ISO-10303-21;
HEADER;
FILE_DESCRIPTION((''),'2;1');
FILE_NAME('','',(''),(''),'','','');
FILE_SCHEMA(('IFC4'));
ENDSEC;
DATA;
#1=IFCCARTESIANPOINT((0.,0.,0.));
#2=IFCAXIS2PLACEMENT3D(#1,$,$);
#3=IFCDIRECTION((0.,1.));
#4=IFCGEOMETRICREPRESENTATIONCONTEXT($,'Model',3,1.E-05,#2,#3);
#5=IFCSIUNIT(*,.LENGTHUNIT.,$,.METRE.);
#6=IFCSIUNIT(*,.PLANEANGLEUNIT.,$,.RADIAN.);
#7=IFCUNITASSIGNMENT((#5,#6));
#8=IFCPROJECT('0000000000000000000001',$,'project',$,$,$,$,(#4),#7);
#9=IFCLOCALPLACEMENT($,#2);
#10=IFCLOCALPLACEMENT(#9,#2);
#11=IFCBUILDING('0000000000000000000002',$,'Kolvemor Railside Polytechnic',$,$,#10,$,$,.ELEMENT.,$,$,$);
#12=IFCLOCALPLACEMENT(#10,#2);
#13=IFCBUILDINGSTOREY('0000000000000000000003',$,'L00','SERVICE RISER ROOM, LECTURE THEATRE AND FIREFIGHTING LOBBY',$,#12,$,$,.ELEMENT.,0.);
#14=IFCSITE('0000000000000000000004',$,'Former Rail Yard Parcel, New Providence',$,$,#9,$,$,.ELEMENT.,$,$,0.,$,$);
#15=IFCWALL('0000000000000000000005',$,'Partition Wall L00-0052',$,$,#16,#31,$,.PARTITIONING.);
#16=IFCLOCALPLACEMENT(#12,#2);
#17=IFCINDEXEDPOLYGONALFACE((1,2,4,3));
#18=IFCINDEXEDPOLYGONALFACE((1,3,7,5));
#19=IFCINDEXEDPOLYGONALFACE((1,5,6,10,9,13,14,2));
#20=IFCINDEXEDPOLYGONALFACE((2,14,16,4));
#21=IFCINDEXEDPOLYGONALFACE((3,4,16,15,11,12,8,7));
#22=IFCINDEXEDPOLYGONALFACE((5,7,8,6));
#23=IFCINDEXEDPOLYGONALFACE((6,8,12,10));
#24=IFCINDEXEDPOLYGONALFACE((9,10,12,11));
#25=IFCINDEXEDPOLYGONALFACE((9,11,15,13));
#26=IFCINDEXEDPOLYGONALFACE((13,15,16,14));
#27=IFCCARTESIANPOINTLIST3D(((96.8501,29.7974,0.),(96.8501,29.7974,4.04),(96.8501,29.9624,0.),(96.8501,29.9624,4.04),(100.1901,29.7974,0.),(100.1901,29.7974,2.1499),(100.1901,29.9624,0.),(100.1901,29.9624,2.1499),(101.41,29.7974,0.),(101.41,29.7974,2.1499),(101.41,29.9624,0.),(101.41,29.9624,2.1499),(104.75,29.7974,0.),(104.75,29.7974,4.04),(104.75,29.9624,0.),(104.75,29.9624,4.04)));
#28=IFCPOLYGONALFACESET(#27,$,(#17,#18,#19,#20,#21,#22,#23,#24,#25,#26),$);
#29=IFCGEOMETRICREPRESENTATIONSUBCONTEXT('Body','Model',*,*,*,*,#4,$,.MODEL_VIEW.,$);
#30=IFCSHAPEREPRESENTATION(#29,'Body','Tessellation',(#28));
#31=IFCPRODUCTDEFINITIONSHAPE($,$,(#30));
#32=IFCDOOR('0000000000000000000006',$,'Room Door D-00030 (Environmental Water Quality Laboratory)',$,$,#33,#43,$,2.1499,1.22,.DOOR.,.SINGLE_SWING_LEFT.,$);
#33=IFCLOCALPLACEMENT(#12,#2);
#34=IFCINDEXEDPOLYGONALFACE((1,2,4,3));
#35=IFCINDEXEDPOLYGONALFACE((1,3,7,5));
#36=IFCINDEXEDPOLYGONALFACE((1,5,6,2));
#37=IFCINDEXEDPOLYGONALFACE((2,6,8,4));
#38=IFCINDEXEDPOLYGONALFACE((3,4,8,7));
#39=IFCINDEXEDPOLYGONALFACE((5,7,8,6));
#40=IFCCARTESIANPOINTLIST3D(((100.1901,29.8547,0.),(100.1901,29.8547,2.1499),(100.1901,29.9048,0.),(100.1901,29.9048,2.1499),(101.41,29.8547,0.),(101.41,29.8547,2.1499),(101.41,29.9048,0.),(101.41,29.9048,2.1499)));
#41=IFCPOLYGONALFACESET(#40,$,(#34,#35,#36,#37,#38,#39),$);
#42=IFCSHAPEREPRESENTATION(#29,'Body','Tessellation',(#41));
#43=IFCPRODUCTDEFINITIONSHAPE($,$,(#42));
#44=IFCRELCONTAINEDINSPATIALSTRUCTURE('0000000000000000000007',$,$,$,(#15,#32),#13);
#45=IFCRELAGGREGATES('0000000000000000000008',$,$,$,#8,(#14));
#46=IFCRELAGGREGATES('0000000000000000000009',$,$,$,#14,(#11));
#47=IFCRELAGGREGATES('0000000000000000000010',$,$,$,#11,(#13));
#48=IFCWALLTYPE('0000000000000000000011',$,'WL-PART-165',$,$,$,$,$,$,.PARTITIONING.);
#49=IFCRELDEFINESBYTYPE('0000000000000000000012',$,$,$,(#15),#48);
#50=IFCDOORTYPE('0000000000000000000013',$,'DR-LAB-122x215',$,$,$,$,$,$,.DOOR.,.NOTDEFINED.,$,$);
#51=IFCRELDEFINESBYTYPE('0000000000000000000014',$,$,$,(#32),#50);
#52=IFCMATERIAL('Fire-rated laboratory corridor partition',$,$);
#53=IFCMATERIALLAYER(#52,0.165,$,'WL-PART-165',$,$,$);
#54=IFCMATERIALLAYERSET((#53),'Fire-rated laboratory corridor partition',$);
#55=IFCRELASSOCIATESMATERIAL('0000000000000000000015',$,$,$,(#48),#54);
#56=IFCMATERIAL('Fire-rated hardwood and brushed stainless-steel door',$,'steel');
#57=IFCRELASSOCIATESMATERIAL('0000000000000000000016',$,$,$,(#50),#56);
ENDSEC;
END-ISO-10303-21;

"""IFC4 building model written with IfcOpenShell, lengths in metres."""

from ifc_helpers import new_model, si_unit, direction, frame, frame_2d, origin, place, context, subcontext, project, spatial, rectangle, extrude, material, layer, layer_set, type_object, element, fill, save


model = new_model("IFC4")

# Units and contexts
model_context = context("Model", 3, precision=1e-05, world=origin(), true_north=direction((0.0, 1.0)))
body_context = subcontext(model_context, "Body", "Model", "MODEL_VIEW")
ifc_project = project(units=[si_unit("LENGTHUNIT", "METRE"), si_unit("PLANEANGLEUNIT", "RADIAN")], contexts=[model_context])

# Site, building, storey
site_placement = place(None, origin())
site = spatial("IfcSite", under=ifc_project, at=site_placement, Name="Former Rail Yard Parcel, New Providence", CompositionType="ELEMENT", RefElevation=0.0)
building_placement = place(site_placement, origin())
building = spatial("IfcBuilding", under=site, at=building_placement, Name="Kolvemor Railside Polytechnic", CompositionType="ELEMENT")
storey_placement = place(building_placement, origin())
storey = spatial("IfcBuildingStorey", under=building, at=storey_placement, Name="L00", Description="SERVICE RISER ROOM, LECTURE THEATRE AND FIREFIGHTING LOBBY", CompositionType="ELEMENT", Elevation=0.0)

# Wall, opening, door
ifc_material_1 = material(Name="Fire-rated laboratory corridor partition")
ifc_layer_1 = layer(ifc_material_1, 0.165, Name="WL-PART-165")
ifc_layer_set_1 = layer_set([ifc_layer_1], Name="Fire-rated laboratory corridor partition")
wall_type = type_object("IfcWallType", Name="WL-PART-165", PredefinedType="PARTITIONING", material=ifc_layer_set_1)
wall_placement = place(storey_placement, frame((96.8501, 29.8799, 0.0), z_axis=(0.0, 0.0, 1.0), x_axis=(1.0, 0.0, 0.0)))
wall = element("IfcWall", 1, at=wall_placement, inside=storey, type_object=wall_type, Name="Partition Wall L00-0052", PredefinedType="PARTITIONING", context=body_context, shape_type="SweptSolid", body=[
    extrude(rectangle(XDim=7.8999, YDim=0.165, at=frame_2d((3.95, 0.0))), origin(), (0.0, 0.0, 1.0), 4.04),
])
opening_placement = place(wall_placement, frame((3.3401, 0.0, 0.0)))
opening = element("IfcOpeningElement", 2, at=opening_placement, cuts=wall, PredefinedType="OPENING", context=body_context, shape_type="SweptSolid", body=[
    extrude(rectangle(XDim=1.22, YDim=2.1499, at=frame_2d((0.6099, 1.075))), frame((0.0, 0.0925, 0.0), z_axis=(0.0, -1.0, 0.0), x_axis=(1.0, 0.0, 0.0)), (0.0, 0.0, 1.0), 0.1851),
])
ifc_material_2 = material(Name="Fire-rated hardwood and brushed stainless-steel door", Category="steel")
door_type = type_object("IfcDoorType", Name="DR-LAB-122x215", OperationType="NOTDEFINED", PredefinedType="DOOR", material=ifc_material_2)
door_placement = place(opening_placement, origin())
door = element("IfcDoor", 3, at=door_placement, inside=storey, type_object=door_type, Name="Room Door D-00030 (Environmental Water Quality Laboratory)", OperationType="SINGLE_SWING_LEFT", OverallHeight=2.1499, OverallWidth=1.22, PredefinedType="DOOR", context=body_context, shape_type="SweptSolid", body=[
    extrude(rectangle(XDim=1.22, YDim=2.1499, at=frame_2d((0.6099, 1.075))), frame((0.0, 0.0249, 0.0), z_axis=(0.0, -1.0, 0.0), x_axis=(1.0, 0.0, 0.0)), (0.0, 0.0, 1.0), 0.05),
])
fill(opening, door)

save(model, "model.ifc")
